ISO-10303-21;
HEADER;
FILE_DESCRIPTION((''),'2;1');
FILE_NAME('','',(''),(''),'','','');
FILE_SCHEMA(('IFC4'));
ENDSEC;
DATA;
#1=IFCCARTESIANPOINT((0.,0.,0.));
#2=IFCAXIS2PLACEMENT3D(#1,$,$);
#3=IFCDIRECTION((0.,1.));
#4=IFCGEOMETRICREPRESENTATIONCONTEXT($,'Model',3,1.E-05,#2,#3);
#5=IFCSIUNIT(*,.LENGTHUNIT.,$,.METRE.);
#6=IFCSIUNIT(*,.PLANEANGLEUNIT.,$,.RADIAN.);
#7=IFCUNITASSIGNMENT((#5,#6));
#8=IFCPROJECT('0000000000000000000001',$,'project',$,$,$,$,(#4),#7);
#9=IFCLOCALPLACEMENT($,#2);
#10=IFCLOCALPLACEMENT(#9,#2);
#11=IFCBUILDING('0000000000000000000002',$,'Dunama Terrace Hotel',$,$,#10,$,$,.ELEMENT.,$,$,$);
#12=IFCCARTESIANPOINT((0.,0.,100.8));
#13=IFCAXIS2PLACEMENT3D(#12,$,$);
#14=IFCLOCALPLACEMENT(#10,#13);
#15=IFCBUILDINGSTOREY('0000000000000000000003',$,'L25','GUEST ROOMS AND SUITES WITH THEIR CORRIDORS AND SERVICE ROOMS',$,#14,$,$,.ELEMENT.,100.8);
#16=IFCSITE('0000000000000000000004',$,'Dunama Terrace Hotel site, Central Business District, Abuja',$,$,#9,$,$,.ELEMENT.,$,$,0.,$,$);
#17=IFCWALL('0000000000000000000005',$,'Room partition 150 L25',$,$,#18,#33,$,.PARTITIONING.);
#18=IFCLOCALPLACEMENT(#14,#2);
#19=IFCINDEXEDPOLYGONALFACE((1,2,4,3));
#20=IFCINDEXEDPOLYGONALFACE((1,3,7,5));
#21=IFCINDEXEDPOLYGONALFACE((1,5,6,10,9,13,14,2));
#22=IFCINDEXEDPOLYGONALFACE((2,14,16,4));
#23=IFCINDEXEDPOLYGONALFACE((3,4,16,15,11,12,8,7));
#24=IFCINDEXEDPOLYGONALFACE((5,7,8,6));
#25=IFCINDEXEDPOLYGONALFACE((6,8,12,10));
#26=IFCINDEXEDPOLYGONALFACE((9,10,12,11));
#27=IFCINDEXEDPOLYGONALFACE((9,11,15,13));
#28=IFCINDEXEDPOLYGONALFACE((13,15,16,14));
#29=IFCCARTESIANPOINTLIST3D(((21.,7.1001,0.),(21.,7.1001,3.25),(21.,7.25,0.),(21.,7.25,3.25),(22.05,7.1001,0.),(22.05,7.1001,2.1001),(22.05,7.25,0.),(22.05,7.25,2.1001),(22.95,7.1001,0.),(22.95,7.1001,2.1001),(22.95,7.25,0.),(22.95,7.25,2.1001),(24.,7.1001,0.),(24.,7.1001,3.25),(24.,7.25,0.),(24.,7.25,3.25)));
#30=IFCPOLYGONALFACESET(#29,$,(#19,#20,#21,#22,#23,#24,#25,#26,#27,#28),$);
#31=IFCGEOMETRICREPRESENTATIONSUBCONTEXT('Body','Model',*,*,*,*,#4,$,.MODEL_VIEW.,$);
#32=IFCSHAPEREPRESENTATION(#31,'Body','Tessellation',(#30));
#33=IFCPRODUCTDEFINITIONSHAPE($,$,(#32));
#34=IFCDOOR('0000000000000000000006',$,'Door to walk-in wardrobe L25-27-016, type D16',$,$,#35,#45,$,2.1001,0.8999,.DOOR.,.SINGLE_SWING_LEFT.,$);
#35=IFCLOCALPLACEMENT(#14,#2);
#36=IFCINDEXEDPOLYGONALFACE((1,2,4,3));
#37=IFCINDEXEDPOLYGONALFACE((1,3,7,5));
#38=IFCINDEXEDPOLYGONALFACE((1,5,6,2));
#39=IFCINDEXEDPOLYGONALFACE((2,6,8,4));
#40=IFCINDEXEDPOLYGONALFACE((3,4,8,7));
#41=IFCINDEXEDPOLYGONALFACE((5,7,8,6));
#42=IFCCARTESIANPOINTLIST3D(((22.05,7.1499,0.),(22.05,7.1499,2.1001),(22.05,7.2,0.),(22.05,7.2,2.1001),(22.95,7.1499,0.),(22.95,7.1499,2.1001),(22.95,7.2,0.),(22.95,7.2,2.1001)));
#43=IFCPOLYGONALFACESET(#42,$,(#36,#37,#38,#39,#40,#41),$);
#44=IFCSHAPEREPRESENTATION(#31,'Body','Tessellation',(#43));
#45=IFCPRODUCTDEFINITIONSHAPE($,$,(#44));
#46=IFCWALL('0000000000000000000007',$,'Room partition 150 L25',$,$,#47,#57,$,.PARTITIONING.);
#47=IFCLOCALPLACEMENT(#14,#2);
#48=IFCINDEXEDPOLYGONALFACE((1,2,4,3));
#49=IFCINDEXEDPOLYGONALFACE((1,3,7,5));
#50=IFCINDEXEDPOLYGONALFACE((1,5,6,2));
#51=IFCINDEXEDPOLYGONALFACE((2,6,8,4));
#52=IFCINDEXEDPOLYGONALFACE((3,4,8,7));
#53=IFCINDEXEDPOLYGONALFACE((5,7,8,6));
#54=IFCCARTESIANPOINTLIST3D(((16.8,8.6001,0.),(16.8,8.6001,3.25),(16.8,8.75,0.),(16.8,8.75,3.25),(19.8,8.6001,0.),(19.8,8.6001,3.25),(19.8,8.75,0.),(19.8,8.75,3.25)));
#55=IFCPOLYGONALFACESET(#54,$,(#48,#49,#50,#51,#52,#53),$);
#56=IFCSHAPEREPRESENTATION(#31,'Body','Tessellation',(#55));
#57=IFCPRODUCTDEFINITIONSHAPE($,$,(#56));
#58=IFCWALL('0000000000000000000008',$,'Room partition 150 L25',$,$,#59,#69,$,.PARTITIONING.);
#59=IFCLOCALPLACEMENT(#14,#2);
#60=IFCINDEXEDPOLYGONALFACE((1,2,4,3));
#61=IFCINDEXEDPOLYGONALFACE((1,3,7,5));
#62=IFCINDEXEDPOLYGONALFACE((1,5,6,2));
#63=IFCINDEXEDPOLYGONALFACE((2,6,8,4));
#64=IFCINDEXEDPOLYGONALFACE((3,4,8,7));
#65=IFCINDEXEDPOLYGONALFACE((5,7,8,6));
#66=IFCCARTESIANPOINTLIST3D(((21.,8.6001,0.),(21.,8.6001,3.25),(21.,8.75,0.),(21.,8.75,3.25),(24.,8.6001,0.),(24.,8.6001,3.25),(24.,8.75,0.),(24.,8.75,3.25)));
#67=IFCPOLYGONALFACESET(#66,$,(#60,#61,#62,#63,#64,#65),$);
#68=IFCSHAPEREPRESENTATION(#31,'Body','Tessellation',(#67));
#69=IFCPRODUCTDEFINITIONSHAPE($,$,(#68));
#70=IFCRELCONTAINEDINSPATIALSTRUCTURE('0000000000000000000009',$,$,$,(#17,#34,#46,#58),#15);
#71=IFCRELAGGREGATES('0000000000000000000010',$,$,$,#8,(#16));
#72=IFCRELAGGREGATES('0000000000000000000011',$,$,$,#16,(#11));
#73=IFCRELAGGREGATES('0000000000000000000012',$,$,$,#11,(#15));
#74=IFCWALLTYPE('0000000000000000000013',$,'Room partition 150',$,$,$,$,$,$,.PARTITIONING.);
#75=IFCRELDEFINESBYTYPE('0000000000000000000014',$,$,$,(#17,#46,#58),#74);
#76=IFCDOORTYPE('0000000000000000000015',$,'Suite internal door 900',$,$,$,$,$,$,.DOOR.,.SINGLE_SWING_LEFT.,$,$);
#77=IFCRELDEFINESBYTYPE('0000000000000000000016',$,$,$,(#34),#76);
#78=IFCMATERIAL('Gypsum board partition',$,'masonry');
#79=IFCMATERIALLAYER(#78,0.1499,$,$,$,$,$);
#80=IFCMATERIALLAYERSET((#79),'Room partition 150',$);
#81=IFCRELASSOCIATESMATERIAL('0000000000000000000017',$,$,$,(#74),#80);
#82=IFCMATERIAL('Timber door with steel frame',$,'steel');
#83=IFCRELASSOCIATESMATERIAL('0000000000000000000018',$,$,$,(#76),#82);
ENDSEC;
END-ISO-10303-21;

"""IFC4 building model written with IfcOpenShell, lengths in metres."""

from ifc_helpers import new_model, si_unit, direction, frame, frame_2d, origin, place, context, subcontext, project, spatial, rectangle, extrude, material, layer, layer_set, type_object, element, fill, save


model = new_model("IFC4")

# Units and contexts
model_context = context("Model", 3, precision=1e-05, world=origin(), true_north=direction((0.0, 1.0)))
body_context = subcontext(model_context, "Body", "Model", "MODEL_VIEW")
ifc_project = project(units=[si_unit("LENGTHUNIT", "METRE"), si_unit("PLANEANGLEUNIT", "RADIAN")], contexts=[model_context])

# Site, building, storey
site_placement = place(None, origin())
site = spatial("IfcSite", under=ifc_project, at=site_placement, Name="Dunama Terrace Hotel site, Central Business District, Abuja", CompositionType="ELEMENT", RefElevation=0.0)
building_placement = place(site_placement, origin())
building = spatial("IfcBuilding", under=site, at=building_placement, Name="Dunama Terrace Hotel", CompositionType="ELEMENT")
storey_placement = place(building_placement, frame((0.0, 0.0, 100.8)))
storey = spatial("IfcBuildingStorey", under=building, at=storey_placement, Name="L25", Description="GUEST ROOMS AND SUITES WITH THEIR CORRIDORS AND SERVICE ROOMS", CompositionType="ELEMENT", Elevation=100.8)

# Shared definitions
ifc_material_1 = material(Name="Gypsum board partition", Category="masonry")
ifc_layer_1 = layer(ifc_material_1, 0.1499)
ifc_layer_set_1 = layer_set([ifc_layer_1], Name="Room partition 150")
wall_type_1 = type_object("IfcWallType", Name="Room partition 150", PredefinedType="PARTITIONING", material=ifc_layer_set_1)

# Wall, opening, door
ifc_material_2 = material(Name="Timber door with steel frame", Category="steel")
door_type_1 = type_object("IfcDoorType", Name="Suite internal door 900", OperationType="SINGLE_SWING_LEFT", PredefinedType="DOOR", material=ifc_material_2)
wall_1_placement = place(storey_placement, frame((21.0, 7.175, 0.0), z_axis=(0.0, 0.0, 1.0), x_axis=(1.0, 0.0, 0.0)))
wall_1 = element("IfcWall", 1, at=wall_1_placement, inside=storey, type_object=wall_type_1, Name="Room partition 150 L25", PredefinedType="PARTITIONING", context=body_context, shape_type="SweptSolid", body=[
    extrude(rectangle(XDim=3.0, YDim=0.1499, at=frame_2d((1.5, 0.0))), origin(), (0.0, 0.0, 1.0), 3.25),
])
opening_1_placement = place(wall_1_placement, frame((1.05, 0.0, 0.0)))
opening_1 = element("IfcOpeningElement", 2, at=opening_1_placement, cuts=wall_1, PredefinedType="OPENING", context=body_context, shape_type="SweptSolid", body=[
    extrude(rectangle(XDim=0.8999, YDim=2.1001, at=frame_2d((0.45, 1.05))), frame((0.0, 0.085, 0.0), z_axis=(0.0, -1.0, 0.0), x_axis=(1.0, 0.0, 0.0)), (0.0, 0.0, 1.0), 0.1699),
])
door_1_placement = place(opening_1_placement, origin())
door_1 = element("IfcDoor", 3, at=door_1_placement, inside=storey, type_object=door_type_1, Name="Door to walk-in wardrobe L25-27-016, type D16", OperationType="SINGLE_SWING_LEFT", OverallHeight=2.1001, OverallWidth=0.8999, PredefinedType="DOOR", context=body_context, shape_type="SweptSolid", body=[
    extrude(rectangle(XDim=0.8999, YDim=2.1001, at=frame_2d((0.45, 1.05))), frame((0.0, 0.0249, 0.0), z_axis=(0.0, -1.0, 0.0), x_axis=(1.0, 0.0, 0.0)), (0.0, 0.0, 1.0), 0.05),
])
fill(opening_1, door_1)

# Walls
for number, where, z_axis, x_axis, name in (
    (4, (16.8, 8.675, 0.0), (0.0, 0.0, 1.0), (1.0, 0.0, 0.0), "Room partition 150 L25"),
    (5, (21.0, 8.675, 0.0), (0.0, 0.0, 1.0), (1.0, 0.0, 0.0), "Room partition 150 L25"),
):
    element("IfcWall", number, at=place(storey_placement, frame(where, z_axis=z_axis, x_axis=x_axis)), inside=storey, type_object=wall_type_1, Name=name, PredefinedType="PARTITIONING", context=body_context, shape_type="SweptSolid", body=[
        extrude(rectangle(XDim=3.0, YDim=0.1499, at=frame_2d((1.5, 0.0))), origin(), (0.0, 0.0, 1.0), 3.25),
    ])

save(model, "model.ifc")
